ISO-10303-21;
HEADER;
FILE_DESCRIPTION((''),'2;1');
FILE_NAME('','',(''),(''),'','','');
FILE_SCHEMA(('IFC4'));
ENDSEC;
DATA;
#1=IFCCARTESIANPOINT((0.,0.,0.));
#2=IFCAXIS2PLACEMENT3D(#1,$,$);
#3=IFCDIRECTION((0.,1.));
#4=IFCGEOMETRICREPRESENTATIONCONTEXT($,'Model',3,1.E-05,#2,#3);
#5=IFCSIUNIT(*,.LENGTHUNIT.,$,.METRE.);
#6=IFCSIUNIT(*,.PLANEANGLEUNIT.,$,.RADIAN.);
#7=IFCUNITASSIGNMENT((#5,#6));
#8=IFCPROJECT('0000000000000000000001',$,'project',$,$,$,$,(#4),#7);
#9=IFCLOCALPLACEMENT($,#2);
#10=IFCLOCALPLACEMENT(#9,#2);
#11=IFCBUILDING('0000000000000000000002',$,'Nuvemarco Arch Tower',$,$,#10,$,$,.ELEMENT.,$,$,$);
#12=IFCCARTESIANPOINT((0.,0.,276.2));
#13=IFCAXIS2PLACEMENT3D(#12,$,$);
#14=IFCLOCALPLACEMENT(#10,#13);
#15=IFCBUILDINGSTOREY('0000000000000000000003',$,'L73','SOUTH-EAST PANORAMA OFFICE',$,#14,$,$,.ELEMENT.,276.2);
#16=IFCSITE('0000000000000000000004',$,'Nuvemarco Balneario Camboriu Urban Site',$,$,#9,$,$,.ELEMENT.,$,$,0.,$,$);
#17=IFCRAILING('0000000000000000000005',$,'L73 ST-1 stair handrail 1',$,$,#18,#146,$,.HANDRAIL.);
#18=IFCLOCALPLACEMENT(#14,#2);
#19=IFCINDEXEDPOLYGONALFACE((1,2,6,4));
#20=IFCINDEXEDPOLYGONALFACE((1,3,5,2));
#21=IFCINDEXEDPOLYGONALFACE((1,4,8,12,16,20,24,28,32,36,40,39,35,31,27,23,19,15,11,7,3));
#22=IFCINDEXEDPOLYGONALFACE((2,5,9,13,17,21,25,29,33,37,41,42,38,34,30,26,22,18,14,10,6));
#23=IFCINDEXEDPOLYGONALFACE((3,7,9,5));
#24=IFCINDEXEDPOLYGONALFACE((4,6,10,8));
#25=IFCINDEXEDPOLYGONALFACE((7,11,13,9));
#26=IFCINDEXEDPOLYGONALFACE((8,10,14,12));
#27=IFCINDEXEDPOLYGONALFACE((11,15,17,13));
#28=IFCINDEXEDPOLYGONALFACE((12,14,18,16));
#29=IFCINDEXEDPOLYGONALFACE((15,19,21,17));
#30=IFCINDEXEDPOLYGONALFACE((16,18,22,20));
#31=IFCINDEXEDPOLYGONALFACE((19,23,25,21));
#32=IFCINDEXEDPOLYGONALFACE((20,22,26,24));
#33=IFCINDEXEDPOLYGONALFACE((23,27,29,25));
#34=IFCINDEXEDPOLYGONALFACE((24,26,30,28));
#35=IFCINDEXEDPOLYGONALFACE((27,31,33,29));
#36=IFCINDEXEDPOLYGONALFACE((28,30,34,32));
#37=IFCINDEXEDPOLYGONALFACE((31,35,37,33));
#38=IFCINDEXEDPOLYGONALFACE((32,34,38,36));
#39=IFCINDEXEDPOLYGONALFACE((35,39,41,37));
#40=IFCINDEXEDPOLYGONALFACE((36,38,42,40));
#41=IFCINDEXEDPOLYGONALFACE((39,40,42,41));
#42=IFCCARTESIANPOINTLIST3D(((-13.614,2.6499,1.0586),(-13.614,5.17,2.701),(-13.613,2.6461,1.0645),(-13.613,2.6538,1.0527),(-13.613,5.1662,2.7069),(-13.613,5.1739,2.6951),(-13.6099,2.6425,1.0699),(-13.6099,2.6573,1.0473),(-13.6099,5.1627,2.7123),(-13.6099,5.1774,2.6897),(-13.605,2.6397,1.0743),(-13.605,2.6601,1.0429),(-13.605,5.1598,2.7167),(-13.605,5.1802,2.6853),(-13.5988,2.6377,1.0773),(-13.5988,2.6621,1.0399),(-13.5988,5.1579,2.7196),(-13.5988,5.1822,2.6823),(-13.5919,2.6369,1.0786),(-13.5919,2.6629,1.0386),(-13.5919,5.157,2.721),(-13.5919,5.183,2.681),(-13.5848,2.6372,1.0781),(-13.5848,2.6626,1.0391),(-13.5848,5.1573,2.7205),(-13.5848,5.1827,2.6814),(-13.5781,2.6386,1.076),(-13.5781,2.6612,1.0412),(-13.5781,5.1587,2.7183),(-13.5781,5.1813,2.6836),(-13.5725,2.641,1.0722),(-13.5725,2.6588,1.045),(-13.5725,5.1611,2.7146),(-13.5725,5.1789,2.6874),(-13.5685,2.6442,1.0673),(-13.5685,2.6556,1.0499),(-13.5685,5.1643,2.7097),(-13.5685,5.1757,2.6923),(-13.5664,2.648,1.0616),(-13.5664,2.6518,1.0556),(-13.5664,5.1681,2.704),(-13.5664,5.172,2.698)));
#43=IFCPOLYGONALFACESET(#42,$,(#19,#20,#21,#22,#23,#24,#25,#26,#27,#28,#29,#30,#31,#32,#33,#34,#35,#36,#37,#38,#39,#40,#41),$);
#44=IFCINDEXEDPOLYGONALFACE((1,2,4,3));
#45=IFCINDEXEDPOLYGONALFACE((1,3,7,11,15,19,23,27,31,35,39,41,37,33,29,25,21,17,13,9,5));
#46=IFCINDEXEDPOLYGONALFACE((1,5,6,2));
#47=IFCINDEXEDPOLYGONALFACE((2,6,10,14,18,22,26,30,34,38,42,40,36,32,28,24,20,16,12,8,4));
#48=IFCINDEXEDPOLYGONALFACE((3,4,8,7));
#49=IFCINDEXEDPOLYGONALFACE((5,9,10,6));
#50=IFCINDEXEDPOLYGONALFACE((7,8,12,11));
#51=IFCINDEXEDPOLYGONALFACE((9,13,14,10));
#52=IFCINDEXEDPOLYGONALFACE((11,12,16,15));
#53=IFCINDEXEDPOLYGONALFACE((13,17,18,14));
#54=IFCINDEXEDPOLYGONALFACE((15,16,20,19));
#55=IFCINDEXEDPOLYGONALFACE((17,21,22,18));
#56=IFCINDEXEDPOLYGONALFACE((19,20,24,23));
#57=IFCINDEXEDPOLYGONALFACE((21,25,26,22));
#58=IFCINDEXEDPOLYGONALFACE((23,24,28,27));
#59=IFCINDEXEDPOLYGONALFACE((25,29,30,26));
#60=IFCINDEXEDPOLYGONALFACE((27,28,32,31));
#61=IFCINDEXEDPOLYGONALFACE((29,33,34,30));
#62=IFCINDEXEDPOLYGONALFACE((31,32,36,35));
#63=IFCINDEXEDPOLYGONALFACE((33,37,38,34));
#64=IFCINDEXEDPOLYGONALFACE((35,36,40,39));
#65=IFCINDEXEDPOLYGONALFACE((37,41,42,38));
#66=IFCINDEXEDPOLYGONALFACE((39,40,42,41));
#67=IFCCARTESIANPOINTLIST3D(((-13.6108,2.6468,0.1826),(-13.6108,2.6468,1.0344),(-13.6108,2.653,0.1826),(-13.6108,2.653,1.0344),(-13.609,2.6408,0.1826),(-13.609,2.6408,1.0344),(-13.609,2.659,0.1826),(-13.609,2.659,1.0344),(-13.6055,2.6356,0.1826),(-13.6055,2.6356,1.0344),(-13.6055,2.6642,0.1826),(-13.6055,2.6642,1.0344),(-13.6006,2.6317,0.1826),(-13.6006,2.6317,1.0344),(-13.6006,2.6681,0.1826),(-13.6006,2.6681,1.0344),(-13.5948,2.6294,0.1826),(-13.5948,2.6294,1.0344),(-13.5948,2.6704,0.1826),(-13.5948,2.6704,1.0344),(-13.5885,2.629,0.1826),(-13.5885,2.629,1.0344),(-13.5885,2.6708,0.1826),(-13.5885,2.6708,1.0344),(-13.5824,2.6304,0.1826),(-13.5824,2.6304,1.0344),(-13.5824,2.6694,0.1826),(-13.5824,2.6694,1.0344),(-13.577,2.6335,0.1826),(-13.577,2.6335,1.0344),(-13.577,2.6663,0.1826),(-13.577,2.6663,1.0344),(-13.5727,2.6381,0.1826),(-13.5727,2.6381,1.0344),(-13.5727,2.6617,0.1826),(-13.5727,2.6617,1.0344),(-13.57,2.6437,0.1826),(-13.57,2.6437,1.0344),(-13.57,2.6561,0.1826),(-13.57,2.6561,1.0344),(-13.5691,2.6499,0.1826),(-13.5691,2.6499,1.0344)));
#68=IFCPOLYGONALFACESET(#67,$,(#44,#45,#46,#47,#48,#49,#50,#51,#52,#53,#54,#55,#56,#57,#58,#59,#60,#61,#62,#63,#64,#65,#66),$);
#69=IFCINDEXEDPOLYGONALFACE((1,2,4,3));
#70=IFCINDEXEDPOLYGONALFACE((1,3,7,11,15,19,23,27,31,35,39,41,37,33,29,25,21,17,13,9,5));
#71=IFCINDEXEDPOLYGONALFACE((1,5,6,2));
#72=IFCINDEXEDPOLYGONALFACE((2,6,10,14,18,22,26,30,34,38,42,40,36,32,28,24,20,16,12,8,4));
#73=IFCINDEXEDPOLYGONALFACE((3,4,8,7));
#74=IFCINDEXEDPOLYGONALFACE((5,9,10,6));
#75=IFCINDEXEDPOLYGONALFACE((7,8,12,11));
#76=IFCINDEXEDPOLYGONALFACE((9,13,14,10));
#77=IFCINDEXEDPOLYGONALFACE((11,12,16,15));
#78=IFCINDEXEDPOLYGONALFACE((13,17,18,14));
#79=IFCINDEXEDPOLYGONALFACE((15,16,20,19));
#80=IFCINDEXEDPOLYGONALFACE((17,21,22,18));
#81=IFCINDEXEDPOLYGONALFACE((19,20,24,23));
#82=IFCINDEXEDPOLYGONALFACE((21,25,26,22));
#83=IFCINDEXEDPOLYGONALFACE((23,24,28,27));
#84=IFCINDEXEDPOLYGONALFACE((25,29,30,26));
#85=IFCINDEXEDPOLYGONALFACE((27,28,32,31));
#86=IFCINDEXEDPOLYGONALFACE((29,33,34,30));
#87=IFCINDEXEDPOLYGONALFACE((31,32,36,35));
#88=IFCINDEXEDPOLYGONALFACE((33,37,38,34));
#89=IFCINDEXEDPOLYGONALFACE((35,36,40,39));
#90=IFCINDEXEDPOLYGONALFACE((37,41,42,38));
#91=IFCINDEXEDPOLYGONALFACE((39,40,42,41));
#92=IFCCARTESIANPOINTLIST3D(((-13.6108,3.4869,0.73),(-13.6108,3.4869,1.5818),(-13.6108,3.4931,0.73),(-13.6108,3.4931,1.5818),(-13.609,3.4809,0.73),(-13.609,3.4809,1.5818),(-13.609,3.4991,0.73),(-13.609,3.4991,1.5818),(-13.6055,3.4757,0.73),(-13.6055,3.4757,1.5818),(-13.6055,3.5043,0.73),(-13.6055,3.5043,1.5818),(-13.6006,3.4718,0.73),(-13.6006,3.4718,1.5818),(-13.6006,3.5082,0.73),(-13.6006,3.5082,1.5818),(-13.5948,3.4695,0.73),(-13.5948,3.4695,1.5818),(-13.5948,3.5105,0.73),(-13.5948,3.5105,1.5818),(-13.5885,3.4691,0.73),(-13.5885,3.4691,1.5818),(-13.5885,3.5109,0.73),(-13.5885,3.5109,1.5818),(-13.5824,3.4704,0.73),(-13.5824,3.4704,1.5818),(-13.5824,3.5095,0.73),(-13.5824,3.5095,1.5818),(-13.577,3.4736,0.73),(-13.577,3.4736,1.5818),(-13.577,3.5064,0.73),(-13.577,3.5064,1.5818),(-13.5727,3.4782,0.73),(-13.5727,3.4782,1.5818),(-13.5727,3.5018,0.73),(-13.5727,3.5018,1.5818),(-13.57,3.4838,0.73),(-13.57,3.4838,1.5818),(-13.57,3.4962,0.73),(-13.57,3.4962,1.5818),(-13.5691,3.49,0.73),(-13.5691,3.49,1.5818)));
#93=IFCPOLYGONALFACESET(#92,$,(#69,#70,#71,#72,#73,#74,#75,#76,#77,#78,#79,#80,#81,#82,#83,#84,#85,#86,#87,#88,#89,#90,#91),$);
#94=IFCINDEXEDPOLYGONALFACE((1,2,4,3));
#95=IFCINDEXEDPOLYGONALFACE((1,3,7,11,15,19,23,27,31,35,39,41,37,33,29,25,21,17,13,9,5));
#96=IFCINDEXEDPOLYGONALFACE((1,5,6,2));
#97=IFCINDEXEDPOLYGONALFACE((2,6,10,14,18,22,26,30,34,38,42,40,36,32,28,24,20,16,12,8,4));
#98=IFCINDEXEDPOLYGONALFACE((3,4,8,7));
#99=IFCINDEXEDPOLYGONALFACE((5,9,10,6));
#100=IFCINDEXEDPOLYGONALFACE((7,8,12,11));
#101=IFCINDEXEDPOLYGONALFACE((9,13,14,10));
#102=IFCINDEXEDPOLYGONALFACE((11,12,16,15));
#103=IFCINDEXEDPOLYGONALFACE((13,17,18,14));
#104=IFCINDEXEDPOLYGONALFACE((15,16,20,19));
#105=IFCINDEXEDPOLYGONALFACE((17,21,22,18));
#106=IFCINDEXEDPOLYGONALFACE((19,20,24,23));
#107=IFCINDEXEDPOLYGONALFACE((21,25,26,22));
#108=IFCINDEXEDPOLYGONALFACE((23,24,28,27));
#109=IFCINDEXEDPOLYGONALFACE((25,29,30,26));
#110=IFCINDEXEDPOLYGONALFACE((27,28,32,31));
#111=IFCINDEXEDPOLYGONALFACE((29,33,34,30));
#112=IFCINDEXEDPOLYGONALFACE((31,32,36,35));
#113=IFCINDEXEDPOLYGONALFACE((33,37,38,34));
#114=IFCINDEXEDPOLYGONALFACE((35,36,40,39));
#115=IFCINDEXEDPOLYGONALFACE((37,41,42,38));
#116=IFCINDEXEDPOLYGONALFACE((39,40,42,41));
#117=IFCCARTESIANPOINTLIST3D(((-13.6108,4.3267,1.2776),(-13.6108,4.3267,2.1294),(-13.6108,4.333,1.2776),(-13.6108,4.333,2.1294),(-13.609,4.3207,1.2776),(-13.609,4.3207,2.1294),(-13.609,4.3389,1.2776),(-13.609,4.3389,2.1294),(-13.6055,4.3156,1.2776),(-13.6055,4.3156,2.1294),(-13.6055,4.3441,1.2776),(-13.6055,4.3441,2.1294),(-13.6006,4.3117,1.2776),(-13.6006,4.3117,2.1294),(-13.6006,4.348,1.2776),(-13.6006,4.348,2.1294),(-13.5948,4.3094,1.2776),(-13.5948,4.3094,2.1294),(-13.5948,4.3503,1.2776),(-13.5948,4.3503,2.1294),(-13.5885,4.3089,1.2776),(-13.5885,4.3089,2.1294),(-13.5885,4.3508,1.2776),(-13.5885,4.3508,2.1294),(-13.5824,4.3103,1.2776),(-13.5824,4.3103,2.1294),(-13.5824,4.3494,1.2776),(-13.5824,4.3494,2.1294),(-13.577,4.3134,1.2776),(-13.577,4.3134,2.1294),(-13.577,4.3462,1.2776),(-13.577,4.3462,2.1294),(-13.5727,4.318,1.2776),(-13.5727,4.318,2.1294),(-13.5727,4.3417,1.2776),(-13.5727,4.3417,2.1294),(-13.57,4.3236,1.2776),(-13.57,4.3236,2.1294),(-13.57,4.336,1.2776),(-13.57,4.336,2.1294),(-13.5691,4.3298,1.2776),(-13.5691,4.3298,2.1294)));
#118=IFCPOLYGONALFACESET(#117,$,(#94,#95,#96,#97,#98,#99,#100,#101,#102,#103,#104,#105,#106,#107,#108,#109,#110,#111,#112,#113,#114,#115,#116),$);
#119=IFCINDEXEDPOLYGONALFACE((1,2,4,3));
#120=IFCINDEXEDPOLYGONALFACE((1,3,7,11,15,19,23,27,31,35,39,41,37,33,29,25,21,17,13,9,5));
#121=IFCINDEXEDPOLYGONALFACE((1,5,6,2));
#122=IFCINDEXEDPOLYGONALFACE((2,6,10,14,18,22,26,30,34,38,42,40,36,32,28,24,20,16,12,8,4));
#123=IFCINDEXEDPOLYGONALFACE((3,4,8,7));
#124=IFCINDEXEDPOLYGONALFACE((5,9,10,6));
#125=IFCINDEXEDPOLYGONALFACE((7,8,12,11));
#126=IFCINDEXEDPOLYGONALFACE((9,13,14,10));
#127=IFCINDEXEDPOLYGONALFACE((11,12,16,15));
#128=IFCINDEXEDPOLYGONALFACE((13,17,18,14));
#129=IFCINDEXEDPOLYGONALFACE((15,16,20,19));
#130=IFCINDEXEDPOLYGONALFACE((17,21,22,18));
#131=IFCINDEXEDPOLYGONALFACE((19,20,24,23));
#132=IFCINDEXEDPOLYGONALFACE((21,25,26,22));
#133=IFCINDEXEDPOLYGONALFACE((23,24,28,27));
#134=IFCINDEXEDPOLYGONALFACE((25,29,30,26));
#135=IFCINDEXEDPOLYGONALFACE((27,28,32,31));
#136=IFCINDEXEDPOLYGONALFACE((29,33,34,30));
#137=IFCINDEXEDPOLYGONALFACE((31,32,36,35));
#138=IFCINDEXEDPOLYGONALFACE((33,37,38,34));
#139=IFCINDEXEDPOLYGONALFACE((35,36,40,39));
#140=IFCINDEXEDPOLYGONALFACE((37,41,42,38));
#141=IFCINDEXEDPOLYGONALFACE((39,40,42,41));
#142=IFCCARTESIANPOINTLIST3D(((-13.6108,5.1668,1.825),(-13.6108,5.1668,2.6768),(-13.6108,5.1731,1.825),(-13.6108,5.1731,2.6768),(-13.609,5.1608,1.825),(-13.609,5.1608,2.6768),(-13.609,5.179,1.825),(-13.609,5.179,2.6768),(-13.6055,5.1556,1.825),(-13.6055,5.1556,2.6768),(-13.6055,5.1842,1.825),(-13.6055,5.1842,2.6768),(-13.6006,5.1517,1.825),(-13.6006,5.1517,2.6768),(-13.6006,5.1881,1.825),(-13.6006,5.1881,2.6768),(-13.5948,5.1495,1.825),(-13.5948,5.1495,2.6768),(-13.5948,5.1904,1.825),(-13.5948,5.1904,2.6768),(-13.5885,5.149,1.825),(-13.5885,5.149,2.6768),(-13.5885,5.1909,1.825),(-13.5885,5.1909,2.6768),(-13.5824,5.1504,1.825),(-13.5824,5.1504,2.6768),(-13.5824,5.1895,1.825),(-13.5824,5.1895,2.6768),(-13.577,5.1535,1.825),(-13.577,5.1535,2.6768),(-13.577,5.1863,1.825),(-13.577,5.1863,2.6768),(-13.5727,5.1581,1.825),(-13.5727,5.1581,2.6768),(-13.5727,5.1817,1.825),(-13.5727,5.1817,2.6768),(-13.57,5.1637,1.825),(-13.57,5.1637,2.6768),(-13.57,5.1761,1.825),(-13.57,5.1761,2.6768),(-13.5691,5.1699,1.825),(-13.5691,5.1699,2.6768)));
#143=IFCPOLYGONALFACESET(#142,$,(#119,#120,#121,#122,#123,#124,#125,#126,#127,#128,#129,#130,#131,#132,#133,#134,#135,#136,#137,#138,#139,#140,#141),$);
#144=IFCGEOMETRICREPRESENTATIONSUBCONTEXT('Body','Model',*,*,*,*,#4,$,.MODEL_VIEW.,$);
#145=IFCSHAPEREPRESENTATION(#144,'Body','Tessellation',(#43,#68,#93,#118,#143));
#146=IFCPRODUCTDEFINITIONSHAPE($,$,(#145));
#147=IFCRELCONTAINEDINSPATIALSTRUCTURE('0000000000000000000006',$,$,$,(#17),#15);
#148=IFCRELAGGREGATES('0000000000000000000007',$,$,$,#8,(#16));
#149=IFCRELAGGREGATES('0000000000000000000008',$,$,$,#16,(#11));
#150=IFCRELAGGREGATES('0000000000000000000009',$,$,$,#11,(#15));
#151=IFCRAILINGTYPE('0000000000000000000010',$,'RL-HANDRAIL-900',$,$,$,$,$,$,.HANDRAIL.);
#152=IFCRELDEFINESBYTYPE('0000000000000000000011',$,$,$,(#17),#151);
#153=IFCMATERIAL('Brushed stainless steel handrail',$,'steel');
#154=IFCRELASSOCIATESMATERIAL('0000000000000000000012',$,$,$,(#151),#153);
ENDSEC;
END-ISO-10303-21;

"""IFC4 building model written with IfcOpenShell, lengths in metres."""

from ifc_helpers import new_model, si_unit, direction, frame, origin, origin_2d, place, context, subcontext, project, spatial, circle, extrude, material, type_object, element, save


model = new_model("IFC4")

# Units and contexts
model_context = context("Model", 3, precision=1e-05, world=origin(), true_north=direction((0.0, 1.0)))
body_context = subcontext(model_context, "Body", "Model", "MODEL_VIEW")
ifc_project = project(units=[si_unit("LENGTHUNIT", "METRE"), si_unit("PLANEANGLEUNIT", "RADIAN")], contexts=[model_context])

# Site, building, storey
site_placement = place(None, origin())
site = spatial("IfcSite", under=ifc_project, at=site_placement, Name="Nuvemarco Balneario Camboriu Urban Site", CompositionType="ELEMENT", RefElevation=0.0)
building_placement = place(site_placement, origin())
building = spatial("IfcBuilding", under=site, at=building_placement, Name="Nuvemarco Arch Tower", CompositionType="ELEMENT")
storey_placement = place(building_placement, frame((0.0, 0.0, 276.2)))
storey = spatial("IfcBuildingStorey", under=building, at=storey_placement, Name="L73", Description="SOUTH-EAST PANORAMA OFFICE", CompositionType="ELEMENT", Elevation=276.2)

# Railing
ifc_material_1 = material(Name="Brushed stainless steel handrail", Category="steel")
railing_type_1 = type_object("IfcRailingType", Name="RL-HANDRAIL-900", PredefinedType="HANDRAIL", material=ifc_material_1)
railing_1_placement = place(storey_placement, frame((-13.5901, 2.6499, 0.1826)))
element("IfcRailing", 1, at=railing_1_placement, inside=storey, type_object=railing_type_1, Name="L73 ST-1 stair handrail 1", PredefinedType="HANDRAIL", context=body_context, shape_type="SweptSolid", body=[
    extrude(circle(Radius=0.0239, at=origin_2d()), frame((0.0, 0.0, 0.876), z_axis=(0.0, 0.837787, 0.545998), x_axis=(-1.0, 0.0, 0.0)), (0.0, 0.0, 1.0), 3.0081),
    extrude(circle(Radius=0.021, at=origin_2d()), origin(), (0.0, 0.0, 1.0), 0.8518),
    extrude(circle(Radius=0.021, at=origin_2d()), frame((0.0, 0.8401, 0.5474)), (0.0, 0.0, 1.0), 0.8518),
    extrude(circle(Radius=0.021, at=origin_2d()), frame((0.0, 1.6799, 1.095)), (0.0, 0.0, 1.0), 0.8518),
    extrude(circle(Radius=0.021, at=origin_2d()), frame((0.0, 2.52, 1.6423)), (0.0, 0.0, 1.0), 0.8518),
])

save(model, "model.ifc")
